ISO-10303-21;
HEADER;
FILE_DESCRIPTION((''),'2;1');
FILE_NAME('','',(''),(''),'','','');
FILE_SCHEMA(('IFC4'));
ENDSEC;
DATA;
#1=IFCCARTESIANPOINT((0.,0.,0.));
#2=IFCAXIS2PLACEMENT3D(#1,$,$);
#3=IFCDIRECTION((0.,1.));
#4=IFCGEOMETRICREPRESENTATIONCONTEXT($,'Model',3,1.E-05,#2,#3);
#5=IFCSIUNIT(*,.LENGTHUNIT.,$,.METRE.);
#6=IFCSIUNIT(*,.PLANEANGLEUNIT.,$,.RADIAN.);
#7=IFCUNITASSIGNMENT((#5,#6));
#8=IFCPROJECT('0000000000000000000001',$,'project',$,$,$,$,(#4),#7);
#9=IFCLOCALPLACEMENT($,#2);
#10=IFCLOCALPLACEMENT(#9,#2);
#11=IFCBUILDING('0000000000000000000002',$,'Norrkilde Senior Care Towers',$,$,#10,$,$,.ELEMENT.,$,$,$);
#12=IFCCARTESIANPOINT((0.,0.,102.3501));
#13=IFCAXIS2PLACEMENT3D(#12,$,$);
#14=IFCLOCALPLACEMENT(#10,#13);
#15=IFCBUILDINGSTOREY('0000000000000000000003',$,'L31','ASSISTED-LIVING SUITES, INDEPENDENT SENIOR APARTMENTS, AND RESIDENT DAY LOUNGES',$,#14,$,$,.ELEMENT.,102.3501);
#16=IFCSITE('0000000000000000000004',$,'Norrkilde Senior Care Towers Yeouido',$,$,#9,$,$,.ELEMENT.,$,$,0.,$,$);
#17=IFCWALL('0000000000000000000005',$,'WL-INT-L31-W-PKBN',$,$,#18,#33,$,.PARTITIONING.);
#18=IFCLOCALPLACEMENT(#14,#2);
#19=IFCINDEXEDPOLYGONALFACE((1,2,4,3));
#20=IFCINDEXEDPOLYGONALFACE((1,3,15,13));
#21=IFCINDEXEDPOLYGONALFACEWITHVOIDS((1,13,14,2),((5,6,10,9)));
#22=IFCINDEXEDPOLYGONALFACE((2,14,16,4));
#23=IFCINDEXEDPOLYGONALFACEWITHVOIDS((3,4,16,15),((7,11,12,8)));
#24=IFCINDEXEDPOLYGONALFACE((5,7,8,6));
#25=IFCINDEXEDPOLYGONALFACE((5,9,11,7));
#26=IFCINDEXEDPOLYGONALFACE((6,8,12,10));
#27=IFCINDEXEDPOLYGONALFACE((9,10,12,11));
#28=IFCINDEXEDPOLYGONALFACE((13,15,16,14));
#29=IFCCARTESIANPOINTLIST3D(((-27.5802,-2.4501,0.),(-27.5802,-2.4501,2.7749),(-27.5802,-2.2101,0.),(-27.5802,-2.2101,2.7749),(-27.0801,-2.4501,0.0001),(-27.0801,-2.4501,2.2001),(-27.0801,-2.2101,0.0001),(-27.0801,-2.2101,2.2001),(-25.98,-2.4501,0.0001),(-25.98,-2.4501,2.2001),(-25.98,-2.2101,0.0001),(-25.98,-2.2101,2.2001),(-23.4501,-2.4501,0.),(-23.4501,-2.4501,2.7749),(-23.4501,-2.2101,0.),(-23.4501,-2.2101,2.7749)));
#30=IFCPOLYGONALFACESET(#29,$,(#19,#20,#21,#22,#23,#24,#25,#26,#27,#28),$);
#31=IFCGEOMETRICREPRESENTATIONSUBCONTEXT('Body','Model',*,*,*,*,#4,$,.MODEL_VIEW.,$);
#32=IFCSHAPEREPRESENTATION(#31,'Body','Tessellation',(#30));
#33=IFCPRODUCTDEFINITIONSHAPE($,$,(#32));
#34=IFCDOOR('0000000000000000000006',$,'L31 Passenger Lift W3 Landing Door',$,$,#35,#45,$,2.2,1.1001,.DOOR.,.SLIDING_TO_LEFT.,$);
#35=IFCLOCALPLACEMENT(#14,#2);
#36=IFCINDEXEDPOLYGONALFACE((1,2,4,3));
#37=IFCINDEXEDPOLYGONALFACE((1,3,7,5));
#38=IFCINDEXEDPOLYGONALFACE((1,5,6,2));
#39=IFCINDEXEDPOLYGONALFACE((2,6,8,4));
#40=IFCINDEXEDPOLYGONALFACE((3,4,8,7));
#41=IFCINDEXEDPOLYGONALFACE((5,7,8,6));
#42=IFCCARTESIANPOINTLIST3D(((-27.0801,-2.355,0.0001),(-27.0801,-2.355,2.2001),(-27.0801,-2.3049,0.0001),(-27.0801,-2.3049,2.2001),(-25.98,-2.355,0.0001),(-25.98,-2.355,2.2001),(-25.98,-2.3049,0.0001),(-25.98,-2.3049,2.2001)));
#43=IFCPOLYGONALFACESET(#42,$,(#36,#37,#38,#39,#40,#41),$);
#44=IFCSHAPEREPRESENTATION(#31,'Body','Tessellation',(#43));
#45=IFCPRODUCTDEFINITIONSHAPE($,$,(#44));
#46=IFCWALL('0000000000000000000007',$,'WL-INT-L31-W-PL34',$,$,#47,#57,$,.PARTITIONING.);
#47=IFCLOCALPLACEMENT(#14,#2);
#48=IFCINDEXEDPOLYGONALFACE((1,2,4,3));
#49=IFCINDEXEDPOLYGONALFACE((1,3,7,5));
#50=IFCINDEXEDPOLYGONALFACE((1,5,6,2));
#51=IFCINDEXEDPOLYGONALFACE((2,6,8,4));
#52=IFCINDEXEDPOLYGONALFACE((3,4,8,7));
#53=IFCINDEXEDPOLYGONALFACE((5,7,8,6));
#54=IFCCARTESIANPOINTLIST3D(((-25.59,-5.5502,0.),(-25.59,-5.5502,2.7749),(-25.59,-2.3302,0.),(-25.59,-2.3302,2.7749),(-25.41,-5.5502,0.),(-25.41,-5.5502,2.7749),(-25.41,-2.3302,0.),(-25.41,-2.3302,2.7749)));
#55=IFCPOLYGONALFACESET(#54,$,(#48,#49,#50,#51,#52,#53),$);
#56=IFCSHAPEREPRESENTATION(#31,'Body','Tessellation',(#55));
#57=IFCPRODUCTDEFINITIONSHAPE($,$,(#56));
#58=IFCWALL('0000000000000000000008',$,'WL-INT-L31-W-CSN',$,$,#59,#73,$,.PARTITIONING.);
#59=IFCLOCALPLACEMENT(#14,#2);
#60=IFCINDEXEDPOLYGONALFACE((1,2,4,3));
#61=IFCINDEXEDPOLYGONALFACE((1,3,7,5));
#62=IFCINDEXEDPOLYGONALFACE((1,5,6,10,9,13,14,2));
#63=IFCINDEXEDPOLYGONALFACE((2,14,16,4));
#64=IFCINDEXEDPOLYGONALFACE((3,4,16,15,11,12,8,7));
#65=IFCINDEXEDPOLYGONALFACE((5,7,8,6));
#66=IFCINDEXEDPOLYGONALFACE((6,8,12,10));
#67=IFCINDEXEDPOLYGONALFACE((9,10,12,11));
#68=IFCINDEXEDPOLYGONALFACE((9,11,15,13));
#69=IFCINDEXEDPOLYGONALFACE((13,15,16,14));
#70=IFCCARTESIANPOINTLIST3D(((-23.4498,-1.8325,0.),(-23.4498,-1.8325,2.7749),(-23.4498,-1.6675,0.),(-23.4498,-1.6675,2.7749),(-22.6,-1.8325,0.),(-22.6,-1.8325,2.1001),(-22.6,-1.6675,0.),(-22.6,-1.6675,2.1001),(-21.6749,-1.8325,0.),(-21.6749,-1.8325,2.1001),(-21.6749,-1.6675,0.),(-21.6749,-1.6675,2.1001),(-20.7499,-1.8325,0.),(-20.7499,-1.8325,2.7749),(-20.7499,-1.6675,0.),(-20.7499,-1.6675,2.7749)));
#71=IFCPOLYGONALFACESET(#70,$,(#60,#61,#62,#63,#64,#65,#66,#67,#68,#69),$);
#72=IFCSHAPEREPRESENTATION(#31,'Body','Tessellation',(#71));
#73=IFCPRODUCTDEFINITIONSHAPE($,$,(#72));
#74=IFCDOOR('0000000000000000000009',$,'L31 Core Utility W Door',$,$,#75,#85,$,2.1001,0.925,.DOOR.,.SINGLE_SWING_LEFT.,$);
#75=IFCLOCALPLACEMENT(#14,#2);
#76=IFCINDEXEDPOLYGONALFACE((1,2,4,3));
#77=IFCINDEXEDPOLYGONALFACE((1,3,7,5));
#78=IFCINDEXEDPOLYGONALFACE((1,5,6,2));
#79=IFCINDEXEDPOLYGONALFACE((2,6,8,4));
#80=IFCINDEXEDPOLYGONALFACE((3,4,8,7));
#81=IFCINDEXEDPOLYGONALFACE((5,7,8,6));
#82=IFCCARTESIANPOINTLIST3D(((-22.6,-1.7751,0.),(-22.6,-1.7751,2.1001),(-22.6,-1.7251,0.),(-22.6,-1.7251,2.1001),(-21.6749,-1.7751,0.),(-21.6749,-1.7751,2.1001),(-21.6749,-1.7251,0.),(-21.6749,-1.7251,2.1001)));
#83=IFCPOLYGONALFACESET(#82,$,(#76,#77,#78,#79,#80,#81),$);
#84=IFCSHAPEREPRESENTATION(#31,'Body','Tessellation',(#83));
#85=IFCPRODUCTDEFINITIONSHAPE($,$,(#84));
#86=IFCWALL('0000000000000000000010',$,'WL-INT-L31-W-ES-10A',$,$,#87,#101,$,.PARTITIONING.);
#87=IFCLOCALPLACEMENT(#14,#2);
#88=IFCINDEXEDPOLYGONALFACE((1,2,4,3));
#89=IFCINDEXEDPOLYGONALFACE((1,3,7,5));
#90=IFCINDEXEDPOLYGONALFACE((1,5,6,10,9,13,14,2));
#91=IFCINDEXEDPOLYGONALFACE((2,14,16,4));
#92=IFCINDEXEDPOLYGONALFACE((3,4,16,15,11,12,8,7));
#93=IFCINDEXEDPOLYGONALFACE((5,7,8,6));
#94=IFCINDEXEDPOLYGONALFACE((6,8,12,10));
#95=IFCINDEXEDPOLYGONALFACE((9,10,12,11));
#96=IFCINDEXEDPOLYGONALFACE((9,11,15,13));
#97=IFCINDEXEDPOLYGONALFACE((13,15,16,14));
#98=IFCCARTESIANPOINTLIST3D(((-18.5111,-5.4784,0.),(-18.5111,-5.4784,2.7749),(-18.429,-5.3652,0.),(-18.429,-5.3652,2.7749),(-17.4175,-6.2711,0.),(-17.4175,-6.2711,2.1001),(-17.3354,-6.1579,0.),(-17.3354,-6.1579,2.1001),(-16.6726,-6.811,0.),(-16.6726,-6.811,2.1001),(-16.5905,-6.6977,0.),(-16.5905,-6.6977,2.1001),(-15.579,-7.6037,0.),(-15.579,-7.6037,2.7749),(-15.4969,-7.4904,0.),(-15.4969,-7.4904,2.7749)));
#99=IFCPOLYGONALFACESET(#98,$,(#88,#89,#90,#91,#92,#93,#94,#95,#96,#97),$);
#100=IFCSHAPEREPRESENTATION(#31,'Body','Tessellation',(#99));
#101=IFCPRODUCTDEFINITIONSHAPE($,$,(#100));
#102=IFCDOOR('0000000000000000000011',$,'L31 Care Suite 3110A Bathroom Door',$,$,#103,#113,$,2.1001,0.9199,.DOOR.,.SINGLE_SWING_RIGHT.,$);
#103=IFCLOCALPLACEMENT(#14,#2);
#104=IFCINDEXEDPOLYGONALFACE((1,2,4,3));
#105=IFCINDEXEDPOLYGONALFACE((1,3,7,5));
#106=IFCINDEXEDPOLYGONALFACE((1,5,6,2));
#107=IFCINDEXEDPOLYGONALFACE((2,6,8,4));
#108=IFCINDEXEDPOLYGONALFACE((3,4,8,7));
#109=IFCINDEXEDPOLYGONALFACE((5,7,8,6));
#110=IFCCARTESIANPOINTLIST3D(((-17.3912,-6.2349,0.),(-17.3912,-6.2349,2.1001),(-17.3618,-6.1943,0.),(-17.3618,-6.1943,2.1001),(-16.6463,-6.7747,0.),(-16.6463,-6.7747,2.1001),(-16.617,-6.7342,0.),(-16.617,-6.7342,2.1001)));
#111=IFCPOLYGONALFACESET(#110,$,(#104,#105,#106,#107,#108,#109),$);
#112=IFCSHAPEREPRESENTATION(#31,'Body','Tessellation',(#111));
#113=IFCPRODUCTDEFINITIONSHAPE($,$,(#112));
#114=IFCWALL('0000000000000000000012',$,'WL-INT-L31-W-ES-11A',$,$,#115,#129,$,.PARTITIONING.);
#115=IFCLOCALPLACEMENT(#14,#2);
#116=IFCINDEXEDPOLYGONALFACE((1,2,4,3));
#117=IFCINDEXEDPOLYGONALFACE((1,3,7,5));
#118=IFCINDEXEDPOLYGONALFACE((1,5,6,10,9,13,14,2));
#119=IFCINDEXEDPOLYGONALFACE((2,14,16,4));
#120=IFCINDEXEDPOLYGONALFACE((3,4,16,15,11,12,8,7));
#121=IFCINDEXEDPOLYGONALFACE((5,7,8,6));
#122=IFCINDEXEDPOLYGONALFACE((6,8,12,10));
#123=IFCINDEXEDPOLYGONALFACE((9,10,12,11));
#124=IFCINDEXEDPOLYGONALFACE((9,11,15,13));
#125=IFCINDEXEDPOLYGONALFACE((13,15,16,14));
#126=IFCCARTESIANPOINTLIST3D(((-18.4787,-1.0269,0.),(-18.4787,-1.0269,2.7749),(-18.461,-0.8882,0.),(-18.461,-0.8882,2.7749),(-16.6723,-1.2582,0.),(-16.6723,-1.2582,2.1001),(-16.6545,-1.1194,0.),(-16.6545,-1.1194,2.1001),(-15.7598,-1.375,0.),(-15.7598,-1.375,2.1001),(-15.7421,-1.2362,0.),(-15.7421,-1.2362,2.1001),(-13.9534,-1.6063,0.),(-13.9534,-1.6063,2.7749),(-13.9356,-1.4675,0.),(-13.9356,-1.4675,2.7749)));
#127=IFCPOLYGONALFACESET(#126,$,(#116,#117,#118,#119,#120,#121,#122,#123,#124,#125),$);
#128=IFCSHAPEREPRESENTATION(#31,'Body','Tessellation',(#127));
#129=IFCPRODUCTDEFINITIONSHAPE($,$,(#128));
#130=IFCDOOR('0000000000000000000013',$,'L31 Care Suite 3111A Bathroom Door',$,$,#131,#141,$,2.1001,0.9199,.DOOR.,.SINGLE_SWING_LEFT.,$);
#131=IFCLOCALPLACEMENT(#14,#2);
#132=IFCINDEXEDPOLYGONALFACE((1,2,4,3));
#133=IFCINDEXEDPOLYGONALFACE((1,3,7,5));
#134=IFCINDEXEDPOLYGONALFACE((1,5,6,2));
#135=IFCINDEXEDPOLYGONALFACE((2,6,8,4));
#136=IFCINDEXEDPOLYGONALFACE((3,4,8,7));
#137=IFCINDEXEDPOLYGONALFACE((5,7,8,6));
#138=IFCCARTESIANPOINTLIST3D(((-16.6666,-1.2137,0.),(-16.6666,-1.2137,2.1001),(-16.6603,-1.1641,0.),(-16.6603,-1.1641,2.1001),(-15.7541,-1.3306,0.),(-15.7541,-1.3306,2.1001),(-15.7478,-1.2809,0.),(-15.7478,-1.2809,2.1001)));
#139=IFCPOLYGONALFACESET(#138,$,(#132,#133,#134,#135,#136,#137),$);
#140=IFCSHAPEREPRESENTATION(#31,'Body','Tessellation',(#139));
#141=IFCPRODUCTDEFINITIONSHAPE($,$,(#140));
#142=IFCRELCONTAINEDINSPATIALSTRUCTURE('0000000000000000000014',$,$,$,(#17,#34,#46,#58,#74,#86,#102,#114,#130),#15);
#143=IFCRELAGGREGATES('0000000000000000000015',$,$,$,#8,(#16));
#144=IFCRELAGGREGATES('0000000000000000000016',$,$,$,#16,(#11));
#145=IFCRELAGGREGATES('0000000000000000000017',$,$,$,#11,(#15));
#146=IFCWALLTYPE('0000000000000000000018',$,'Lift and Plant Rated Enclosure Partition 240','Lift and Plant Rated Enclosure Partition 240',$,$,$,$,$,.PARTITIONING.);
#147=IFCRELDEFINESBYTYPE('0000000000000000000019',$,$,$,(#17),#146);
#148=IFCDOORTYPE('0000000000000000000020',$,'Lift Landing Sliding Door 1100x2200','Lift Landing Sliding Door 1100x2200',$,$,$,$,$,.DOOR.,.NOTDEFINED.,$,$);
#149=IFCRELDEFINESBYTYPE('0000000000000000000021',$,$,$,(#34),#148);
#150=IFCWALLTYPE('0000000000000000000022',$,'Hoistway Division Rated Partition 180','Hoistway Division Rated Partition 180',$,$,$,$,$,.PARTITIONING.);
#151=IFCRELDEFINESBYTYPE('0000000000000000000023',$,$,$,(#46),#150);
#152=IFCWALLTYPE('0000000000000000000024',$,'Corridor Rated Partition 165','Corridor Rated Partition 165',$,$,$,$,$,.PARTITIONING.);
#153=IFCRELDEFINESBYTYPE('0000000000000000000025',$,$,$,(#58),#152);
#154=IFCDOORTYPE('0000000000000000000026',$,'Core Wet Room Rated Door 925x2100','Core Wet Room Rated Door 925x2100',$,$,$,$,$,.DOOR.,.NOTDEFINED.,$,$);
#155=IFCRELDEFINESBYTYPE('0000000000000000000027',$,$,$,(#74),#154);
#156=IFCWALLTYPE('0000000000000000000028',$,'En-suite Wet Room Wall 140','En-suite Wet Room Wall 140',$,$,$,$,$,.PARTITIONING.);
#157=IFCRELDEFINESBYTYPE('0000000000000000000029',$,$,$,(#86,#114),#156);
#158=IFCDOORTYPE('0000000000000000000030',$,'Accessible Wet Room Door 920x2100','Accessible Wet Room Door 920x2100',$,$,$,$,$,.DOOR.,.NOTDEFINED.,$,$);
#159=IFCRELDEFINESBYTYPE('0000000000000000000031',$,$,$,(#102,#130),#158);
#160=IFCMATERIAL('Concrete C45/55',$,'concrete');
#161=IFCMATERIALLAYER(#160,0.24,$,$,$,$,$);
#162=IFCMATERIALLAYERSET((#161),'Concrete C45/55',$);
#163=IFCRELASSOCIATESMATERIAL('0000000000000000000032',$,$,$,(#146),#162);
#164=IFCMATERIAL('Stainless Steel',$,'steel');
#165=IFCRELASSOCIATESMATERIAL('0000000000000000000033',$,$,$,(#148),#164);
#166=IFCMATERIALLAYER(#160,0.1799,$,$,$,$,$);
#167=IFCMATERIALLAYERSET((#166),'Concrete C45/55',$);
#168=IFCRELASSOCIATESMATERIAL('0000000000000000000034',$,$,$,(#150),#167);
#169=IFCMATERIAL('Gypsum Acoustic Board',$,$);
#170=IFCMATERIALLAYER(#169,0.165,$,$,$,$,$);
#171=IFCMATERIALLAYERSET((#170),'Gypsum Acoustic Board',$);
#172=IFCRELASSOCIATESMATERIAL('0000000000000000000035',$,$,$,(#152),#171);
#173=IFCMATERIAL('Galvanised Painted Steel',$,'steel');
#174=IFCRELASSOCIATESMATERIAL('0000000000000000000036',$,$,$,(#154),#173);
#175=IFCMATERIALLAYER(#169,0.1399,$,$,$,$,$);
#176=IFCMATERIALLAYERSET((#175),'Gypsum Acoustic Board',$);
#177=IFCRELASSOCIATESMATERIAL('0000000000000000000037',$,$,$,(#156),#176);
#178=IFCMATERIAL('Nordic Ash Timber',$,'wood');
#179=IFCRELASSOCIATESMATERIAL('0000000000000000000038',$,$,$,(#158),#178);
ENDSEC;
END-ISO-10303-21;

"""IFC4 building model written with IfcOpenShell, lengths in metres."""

from ifc_helpers import new_model, si_unit, direction, frame, frame_2d, origin, place, context, subcontext, project, spatial, rectangle, extrude, source, transform, mapped, material, layer, layer_set, type_object, type_shapes, element, fill, save


model = new_model("IFC4")

# Units and contexts
model_context = context("Model", 3, precision=1e-05, world=origin(), true_north=direction((0.0, 1.0)))
body_context = subcontext(model_context, "Body", "Model", "MODEL_VIEW")
ifc_project = project(units=[si_unit("LENGTHUNIT", "METRE"), si_unit("PLANEANGLEUNIT", "RADIAN")], contexts=[model_context])

# Site, building, storey
site_placement = place(None, origin())
site = spatial("IfcSite", under=ifc_project, at=site_placement, Name="Norrkilde Senior Care Towers Yeouido", CompositionType="ELEMENT", RefElevation=0.0)
building_placement = place(site_placement, origin())
building = spatial("IfcBuilding", under=site, at=building_placement, Name="Norrkilde Senior Care Towers", CompositionType="ELEMENT")
storey_placement = place(building_placement, frame((0.0, 0.0, 102.3501)))
storey = spatial("IfcBuildingStorey", under=building, at=storey_placement, Name="L31", Description="ASSISTED-LIVING SUITES, INDEPENDENT SENIOR APARTMENTS, AND RESIDENT DAY LOUNGES", CompositionType="ELEMENT", Elevation=102.3501)

# Shared definitions
ifc_material_1 = material(Name="Concrete C45/55", Category="concrete")

# Wall, opening, door
ifc_layer_1 = layer(ifc_material_1, 0.24)
ifc_layer_set_1 = layer_set([ifc_layer_1], Name="Concrete C45/55")
wall_type_1 = type_object("IfcWallType", Name="Lift and Plant Rated Enclosure Partition 240", Description="Lift and Plant Rated Enclosure Partition 240", PredefinedType="PARTITIONING", material=ifc_layer_set_1)
shared_shape_1 = source(origin(), body_context, "Body", "SweptSolid", [
    extrude(rectangle(XDim=4.1301, YDim=0.24, at=frame_2d((2.0649, 0.0))), origin(), (0.0, 0.0, 1.0), 2.7749),
])
type_shapes(wall_type_1, [shared_shape_1])
wall_1_placement = place(storey_placement, frame((-27.5801, -2.3301, 0.0), z_axis=(0.0, 0.0, 1.0), x_axis=(1.0, 0.0, 0.0)))
wall_1 = element("IfcWall", 1, at=wall_1_placement, inside=storey, type_object=wall_type_1, Name="WL-INT-L31-W-PKBN", PredefinedType="PARTITIONING", context=body_context, shape_type="MappedRepresentation", body=[
    mapped(shared_shape_1, transform((0.0, 0.0, 0.0), x_axis=(1.0, 0.0, 0.0), y_axis=(0.0, 1.0, 0.0), z_axis=(0.0, 0.0, 1.0), scale=1.0)),
])
opening_1_placement = place(wall_1_placement, frame((0.5, 0.0, 0.0)))
opening_1 = element("IfcOpeningElement", 2, at=opening_1_placement, cuts=wall_1, PredefinedType="OPENING", context=body_context, shape_type="SweptSolid", body=[
    extrude(rectangle(XDim=1.1001, YDim=2.2, at=frame_2d((0.55, 1.1001))), frame((0.0, 0.1299, 0.0), z_axis=(0.0, -1.0, 0.0), x_axis=(1.0, 0.0, 0.0)), (0.0, 0.0, 1.0), 0.26),
])
ifc_material_2 = material(Name="Stainless Steel", Category="steel")
door_type_1 = type_object("IfcDoorType", Name="Lift Landing Sliding Door 1100x2200", Description="Lift Landing Sliding Door 1100x2200", OperationType="NOTDEFINED", PredefinedType="DOOR", material=ifc_material_2)
shared_shape_2 = source(origin(), body_context, "Body", "SweptSolid", [
    extrude(rectangle(XDim=1.1001, YDim=2.2, at=frame_2d((0.55, 1.1001))), frame((0.0, 0.0249, 0.0), z_axis=(0.0, -1.0, 0.0), x_axis=(1.0, 0.0, 0.0)), (0.0, 0.0, 1.0), 0.05),
])
type_shapes(door_type_1, [shared_shape_2])
door_1_placement = place(opening_1_placement, frame((1.1001, 0.0, 0.0), z_axis=(0.0, 0.0, 1.0), x_axis=(-1.0, 0.0, 0.0)))
door_1 = element("IfcDoor", 3, at=door_1_placement, inside=storey, type_object=door_type_1, Name="L31 Passenger Lift W3 Landing Door", OperationType="SLIDING_TO_LEFT", OverallHeight=2.2, OverallWidth=1.1001, PredefinedType="DOOR", context=body_context, shape_type="MappedRepresentation", body=[
    mapped(shared_shape_2, transform((0.0, 0.0, 0.0), x_axis=(1.0, 0.0, 0.0), y_axis=(0.0, 1.0, 0.0), z_axis=(0.0, 0.0, 1.0), scale=1.0)),
])
fill(opening_1, door_1)

# Wall
ifc_layer_2 = layer(ifc_material_1, 0.1799)
ifc_layer_set_2 = layer_set([ifc_layer_2], Name="Concrete C45/55")
wall_type_2 = type_object("IfcWallType", Name="Hoistway Division Rated Partition 180", Description="Hoistway Division Rated Partition 180", PredefinedType="PARTITIONING", material=ifc_layer_set_2)
shared_shape_3 = source(origin(), body_context, "Body", "SweptSolid", [
    extrude(rectangle(XDim=3.22, YDim=0.1799, at=frame_2d((1.6099, 0.0))), origin(), (0.0, 0.0, 1.0), 2.7749),
])
type_shapes(wall_type_2, [shared_shape_3])
wall_2_placement = place(storey_placement, frame((-25.5, -5.55, 0.0), z_axis=(0.0, 0.0, 1.0), x_axis=(0.0, 1.0, 0.0)))
element("IfcWall", 4, at=wall_2_placement, inside=storey, type_object=wall_type_2, Name="WL-INT-L31-W-PL34", PredefinedType="PARTITIONING", context=body_context, shape_type="MappedRepresentation", body=[
    mapped(shared_shape_3, transform((0.0, 0.0, 0.0), x_axis=(1.0, 0.0, 0.0), y_axis=(0.0, 1.0, 0.0), z_axis=(0.0, 0.0, 1.0), scale=1.0)),
])

# Walls, openings, doors
ifc_material_3 = material(Name="Gypsum Acoustic Board")
ifc_layer_3 = layer(ifc_material_3, 0.165)
ifc_layer_set_3 = layer_set([ifc_layer_3], Name="Gypsum Acoustic Board")
wall_type_3 = type_object("IfcWallType", Name="Corridor Rated Partition 165", Description="Corridor Rated Partition 165", PredefinedType="PARTITIONING", material=ifc_layer_set_3)
shared_shape_4 = source(origin(), body_context, "Body", "SweptSolid", [
    extrude(rectangle(XDim=2.7, YDim=0.165, at=frame_2d((1.3501, 0.0))), origin(), (0.0, 0.0, 1.0), 2.7749),
])
type_shapes(wall_type_3, [shared_shape_4])
wall_3_placement = place(storey_placement, frame((-23.45, -1.75, 0.0), z_axis=(0.0, 0.0, 1.0), x_axis=(1.0, 0.0, 0.0)))
wall_3 = element("IfcWall", 5, at=wall_3_placement, inside=storey, type_object=wall_type_3, Name="WL-INT-L31-W-CSN", PredefinedType="PARTITIONING", context=body_context, shape_type="MappedRepresentation", body=[
    mapped(shared_shape_4, transform((0.0, 0.0, 0.0), x_axis=(1.0, 0.0, 0.0), y_axis=(0.0, 1.0, 0.0), z_axis=(0.0, 0.0, 1.0), scale=1.0)),
])
opening_2_placement = place(wall_3_placement, frame((0.8501, 0.0, 0.0)))
opening_2 = element("IfcOpeningElement", 6, at=opening_2_placement, cuts=wall_3, PredefinedType="OPENING", context=body_context, shape_type="SweptSolid", body=[
    extrude(rectangle(XDim=0.925, YDim=2.1001, at=frame_2d((0.4624, 1.05))), frame((0.0, 0.0925, 0.0), z_axis=(0.0, -1.0, 0.0), x_axis=(1.0, 0.0, 0.0)), (0.0, 0.0, 1.0), 0.1851),
])
ifc_material_4 = material(Name="Galvanised Painted Steel", Category="steel")
door_type_2 = type_object("IfcDoorType", Name="Core Wet Room Rated Door 925x2100", Description="Core Wet Room Rated Door 925x2100", OperationType="NOTDEFINED", PredefinedType="DOOR", material=ifc_material_4)
shared_shape_5 = source(origin(), body_context, "Body", "SweptSolid", [
    extrude(rectangle(XDim=0.925, YDim=2.1001, at=frame_2d((0.4624, 1.05))), frame((0.0, 0.0249, 0.0), z_axis=(0.0, -1.0, 0.0), x_axis=(1.0, 0.0, 0.0)), (0.0, 0.0, 1.0), 0.05),
])
type_shapes(door_type_2, [shared_shape_5])
door_2_placement = place(opening_2_placement, origin())
door_2 = element("IfcDoor", 7, at=door_2_placement, inside=storey, type_object=door_type_2, Name="L31 Core Utility W Door", OperationType="SINGLE_SWING_LEFT", OverallHeight=2.1001, OverallWidth=0.925, PredefinedType="DOOR", context=body_context, shape_type="MappedRepresentation", body=[
    mapped(shared_shape_5, transform((0.0, 0.0, 0.0), x_axis=(1.0, 0.0, 0.0), y_axis=(0.0, 1.0, 0.0), z_axis=(0.0, 0.0, 1.0), scale=1.0)),
])
fill(opening_2, door_2)
ifc_layer_4 = layer(ifc_material_3, 0.1399)
ifc_layer_set_4 = layer_set([ifc_layer_4], Name="Gypsum Acoustic Board")
wall_type_4 = type_object("IfcWallType", Name="En-suite Wet Room Wall 140", Description="En-suite Wet Room Wall 140", PredefinedType="PARTITIONING", material=ifc_layer_set_4)
shared_shape_6 = source(origin(), body_context, "Body", "SweptSolid", [
    extrude(rectangle(XDim=3.6213, YDim=0.1399, at=frame_2d((1.8105, 0.0))), origin(), (0.0, 0.0, 1.0), 2.7749),
])
wall_4_placement = place(storey_placement, frame((-18.47, -5.4219, 0.0), z_axis=(0.0, 0.0, 1.0), x_axis=(0.809683, -0.586868, 0.0)))
wall_4 = element("IfcWall", 8, at=wall_4_placement, inside=storey, type_object=wall_type_4, Name="WL-INT-L31-W-ES-10A", PredefinedType="PARTITIONING", context=body_context, shape_type="MappedRepresentation", body=[
    mapped(shared_shape_6, transform((0.0, 0.0, 0.0), x_axis=(1.0, 0.0, 0.0), y_axis=(0.0, 1.0, 0.0), z_axis=(0.0, 0.0, 1.0), scale=1.0)),
])
opening_3_placement = place(wall_4_placement, frame((1.3506, 0.0, 0.0)))
opening_3 = element("IfcOpeningElement", 9, at=opening_3_placement, cuts=wall_4, PredefinedType="OPENING", context=body_context, shape_type="SweptSolid", body=[
    extrude(rectangle(XDim=0.9199, YDim=2.1001, at=frame_2d((0.46, 1.05))), frame((0.0, 0.0798, 0.0), z_axis=(0.0, -1.0, 0.0), x_axis=(1.0, 0.0, 0.0)), (0.0, 0.0, 1.0), 0.1599),
])
ifc_material_5 = material(Name="Nordic Ash Timber", Category="wood")
door_type_3 = type_object("IfcDoorType", Name="Accessible Wet Room Door 920x2100", Description="Accessible Wet Room Door 920x2100", OperationType="NOTDEFINED", PredefinedType="DOOR", material=ifc_material_5)
shared_shape_7 = source(origin(), body_context, "Body", "SweptSolid", [
    extrude(rectangle(XDim=0.9199, YDim=2.1001, at=frame_2d((0.46, 1.05))), frame((0.0, 0.0249, 0.0), z_axis=(0.0, -1.0, 0.0), x_axis=(1.0, 0.0, 0.0)), (0.0, 0.0, 1.0), 0.05),
])
type_shapes(door_type_3, [shared_shape_7])
door_3_placement = place(opening_3_placement, origin())
door_3 = element("IfcDoor", 10, at=door_3_placement, inside=storey, type_object=door_type_3, Name="L31 Care Suite 3110A Bathroom Door", OperationType="SINGLE_SWING_RIGHT", OverallHeight=2.1001, OverallWidth=0.9199, PredefinedType="DOOR", context=body_context, shape_type="MappedRepresentation", body=[
    mapped(shared_shape_7, transform((0.0, 0.0, 0.0), x_axis=(1.0, 0.0, 0.0), y_axis=(0.0, 1.0, 0.0), z_axis=(0.0, 0.0, 1.0), scale=1.0)),
])
fill(opening_3, door_3)
shared_shape_8 = source(origin(), body_context, "Body", "SweptSolid", [
    extrude(rectangle(XDim=4.5623, YDim=0.1399, at=frame_2d((2.2812, 0.0))), origin(), (0.0, 0.0, 1.0), 2.7749),
])
type_shapes(wall_type_4, [shared_shape_6, shared_shape_8])
wall_5_placement = place(storey_placement, frame((-18.47, -0.9575, 0.0), z_axis=(0.0, 0.0, 1.0), x_axis=(0.991905, -0.126985, 0.0)))
wall_5 = element("IfcWall", 11, at=wall_5_placement, inside=storey, type_object=wall_type_4, Name="WL-INT-L31-W-ES-11A", PredefinedType="PARTITIONING", context=body_context, shape_type="MappedRepresentation", body=[
    mapped(shared_shape_8, transform((0.0, 0.0, 0.0), x_axis=(1.0, 0.0, 0.0), y_axis=(0.0, 1.0, 0.0), z_axis=(0.0, 0.0, 1.0), scale=1.0)),
])
opening_4_placement = place(wall_5_placement, frame((1.8213, 0.0, 0.0)))
opening_4 = element("IfcOpeningElement", 12, at=opening_4_placement, cuts=wall_5, PredefinedType="OPENING", context=body_context, shape_type="SweptSolid", body=[
    extrude(rectangle(XDim=0.9199, YDim=2.1001, at=frame_2d((0.46, 1.05))), frame((0.0, 0.0798, 0.0), z_axis=(0.0, -1.0, 0.0), x_axis=(1.0, 0.0, 0.0)), (0.0, 0.0, 1.0), 0.1599),
])
door_4_placement = place(opening_4_placement, origin())
door_4 = element("IfcDoor", 13, at=door_4_placement, inside=storey, type_object=door_type_3, Name="L31 Care Suite 3111A Bathroom Door", OperationType="SINGLE_SWING_LEFT", OverallHeight=2.1001, OverallWidth=0.9199, PredefinedType="DOOR", context=body_context, shape_type="MappedRepresentation", body=[
    mapped(shared_shape_7, transform((0.0, 0.0, 0.0), x_axis=(1.0, 0.0, 0.0), y_axis=(0.0, 1.0, 0.0), z_axis=(0.0, 0.0, 1.0), scale=1.0)),
])
fill(opening_4, door_4)

save(model, "model.ifc")
